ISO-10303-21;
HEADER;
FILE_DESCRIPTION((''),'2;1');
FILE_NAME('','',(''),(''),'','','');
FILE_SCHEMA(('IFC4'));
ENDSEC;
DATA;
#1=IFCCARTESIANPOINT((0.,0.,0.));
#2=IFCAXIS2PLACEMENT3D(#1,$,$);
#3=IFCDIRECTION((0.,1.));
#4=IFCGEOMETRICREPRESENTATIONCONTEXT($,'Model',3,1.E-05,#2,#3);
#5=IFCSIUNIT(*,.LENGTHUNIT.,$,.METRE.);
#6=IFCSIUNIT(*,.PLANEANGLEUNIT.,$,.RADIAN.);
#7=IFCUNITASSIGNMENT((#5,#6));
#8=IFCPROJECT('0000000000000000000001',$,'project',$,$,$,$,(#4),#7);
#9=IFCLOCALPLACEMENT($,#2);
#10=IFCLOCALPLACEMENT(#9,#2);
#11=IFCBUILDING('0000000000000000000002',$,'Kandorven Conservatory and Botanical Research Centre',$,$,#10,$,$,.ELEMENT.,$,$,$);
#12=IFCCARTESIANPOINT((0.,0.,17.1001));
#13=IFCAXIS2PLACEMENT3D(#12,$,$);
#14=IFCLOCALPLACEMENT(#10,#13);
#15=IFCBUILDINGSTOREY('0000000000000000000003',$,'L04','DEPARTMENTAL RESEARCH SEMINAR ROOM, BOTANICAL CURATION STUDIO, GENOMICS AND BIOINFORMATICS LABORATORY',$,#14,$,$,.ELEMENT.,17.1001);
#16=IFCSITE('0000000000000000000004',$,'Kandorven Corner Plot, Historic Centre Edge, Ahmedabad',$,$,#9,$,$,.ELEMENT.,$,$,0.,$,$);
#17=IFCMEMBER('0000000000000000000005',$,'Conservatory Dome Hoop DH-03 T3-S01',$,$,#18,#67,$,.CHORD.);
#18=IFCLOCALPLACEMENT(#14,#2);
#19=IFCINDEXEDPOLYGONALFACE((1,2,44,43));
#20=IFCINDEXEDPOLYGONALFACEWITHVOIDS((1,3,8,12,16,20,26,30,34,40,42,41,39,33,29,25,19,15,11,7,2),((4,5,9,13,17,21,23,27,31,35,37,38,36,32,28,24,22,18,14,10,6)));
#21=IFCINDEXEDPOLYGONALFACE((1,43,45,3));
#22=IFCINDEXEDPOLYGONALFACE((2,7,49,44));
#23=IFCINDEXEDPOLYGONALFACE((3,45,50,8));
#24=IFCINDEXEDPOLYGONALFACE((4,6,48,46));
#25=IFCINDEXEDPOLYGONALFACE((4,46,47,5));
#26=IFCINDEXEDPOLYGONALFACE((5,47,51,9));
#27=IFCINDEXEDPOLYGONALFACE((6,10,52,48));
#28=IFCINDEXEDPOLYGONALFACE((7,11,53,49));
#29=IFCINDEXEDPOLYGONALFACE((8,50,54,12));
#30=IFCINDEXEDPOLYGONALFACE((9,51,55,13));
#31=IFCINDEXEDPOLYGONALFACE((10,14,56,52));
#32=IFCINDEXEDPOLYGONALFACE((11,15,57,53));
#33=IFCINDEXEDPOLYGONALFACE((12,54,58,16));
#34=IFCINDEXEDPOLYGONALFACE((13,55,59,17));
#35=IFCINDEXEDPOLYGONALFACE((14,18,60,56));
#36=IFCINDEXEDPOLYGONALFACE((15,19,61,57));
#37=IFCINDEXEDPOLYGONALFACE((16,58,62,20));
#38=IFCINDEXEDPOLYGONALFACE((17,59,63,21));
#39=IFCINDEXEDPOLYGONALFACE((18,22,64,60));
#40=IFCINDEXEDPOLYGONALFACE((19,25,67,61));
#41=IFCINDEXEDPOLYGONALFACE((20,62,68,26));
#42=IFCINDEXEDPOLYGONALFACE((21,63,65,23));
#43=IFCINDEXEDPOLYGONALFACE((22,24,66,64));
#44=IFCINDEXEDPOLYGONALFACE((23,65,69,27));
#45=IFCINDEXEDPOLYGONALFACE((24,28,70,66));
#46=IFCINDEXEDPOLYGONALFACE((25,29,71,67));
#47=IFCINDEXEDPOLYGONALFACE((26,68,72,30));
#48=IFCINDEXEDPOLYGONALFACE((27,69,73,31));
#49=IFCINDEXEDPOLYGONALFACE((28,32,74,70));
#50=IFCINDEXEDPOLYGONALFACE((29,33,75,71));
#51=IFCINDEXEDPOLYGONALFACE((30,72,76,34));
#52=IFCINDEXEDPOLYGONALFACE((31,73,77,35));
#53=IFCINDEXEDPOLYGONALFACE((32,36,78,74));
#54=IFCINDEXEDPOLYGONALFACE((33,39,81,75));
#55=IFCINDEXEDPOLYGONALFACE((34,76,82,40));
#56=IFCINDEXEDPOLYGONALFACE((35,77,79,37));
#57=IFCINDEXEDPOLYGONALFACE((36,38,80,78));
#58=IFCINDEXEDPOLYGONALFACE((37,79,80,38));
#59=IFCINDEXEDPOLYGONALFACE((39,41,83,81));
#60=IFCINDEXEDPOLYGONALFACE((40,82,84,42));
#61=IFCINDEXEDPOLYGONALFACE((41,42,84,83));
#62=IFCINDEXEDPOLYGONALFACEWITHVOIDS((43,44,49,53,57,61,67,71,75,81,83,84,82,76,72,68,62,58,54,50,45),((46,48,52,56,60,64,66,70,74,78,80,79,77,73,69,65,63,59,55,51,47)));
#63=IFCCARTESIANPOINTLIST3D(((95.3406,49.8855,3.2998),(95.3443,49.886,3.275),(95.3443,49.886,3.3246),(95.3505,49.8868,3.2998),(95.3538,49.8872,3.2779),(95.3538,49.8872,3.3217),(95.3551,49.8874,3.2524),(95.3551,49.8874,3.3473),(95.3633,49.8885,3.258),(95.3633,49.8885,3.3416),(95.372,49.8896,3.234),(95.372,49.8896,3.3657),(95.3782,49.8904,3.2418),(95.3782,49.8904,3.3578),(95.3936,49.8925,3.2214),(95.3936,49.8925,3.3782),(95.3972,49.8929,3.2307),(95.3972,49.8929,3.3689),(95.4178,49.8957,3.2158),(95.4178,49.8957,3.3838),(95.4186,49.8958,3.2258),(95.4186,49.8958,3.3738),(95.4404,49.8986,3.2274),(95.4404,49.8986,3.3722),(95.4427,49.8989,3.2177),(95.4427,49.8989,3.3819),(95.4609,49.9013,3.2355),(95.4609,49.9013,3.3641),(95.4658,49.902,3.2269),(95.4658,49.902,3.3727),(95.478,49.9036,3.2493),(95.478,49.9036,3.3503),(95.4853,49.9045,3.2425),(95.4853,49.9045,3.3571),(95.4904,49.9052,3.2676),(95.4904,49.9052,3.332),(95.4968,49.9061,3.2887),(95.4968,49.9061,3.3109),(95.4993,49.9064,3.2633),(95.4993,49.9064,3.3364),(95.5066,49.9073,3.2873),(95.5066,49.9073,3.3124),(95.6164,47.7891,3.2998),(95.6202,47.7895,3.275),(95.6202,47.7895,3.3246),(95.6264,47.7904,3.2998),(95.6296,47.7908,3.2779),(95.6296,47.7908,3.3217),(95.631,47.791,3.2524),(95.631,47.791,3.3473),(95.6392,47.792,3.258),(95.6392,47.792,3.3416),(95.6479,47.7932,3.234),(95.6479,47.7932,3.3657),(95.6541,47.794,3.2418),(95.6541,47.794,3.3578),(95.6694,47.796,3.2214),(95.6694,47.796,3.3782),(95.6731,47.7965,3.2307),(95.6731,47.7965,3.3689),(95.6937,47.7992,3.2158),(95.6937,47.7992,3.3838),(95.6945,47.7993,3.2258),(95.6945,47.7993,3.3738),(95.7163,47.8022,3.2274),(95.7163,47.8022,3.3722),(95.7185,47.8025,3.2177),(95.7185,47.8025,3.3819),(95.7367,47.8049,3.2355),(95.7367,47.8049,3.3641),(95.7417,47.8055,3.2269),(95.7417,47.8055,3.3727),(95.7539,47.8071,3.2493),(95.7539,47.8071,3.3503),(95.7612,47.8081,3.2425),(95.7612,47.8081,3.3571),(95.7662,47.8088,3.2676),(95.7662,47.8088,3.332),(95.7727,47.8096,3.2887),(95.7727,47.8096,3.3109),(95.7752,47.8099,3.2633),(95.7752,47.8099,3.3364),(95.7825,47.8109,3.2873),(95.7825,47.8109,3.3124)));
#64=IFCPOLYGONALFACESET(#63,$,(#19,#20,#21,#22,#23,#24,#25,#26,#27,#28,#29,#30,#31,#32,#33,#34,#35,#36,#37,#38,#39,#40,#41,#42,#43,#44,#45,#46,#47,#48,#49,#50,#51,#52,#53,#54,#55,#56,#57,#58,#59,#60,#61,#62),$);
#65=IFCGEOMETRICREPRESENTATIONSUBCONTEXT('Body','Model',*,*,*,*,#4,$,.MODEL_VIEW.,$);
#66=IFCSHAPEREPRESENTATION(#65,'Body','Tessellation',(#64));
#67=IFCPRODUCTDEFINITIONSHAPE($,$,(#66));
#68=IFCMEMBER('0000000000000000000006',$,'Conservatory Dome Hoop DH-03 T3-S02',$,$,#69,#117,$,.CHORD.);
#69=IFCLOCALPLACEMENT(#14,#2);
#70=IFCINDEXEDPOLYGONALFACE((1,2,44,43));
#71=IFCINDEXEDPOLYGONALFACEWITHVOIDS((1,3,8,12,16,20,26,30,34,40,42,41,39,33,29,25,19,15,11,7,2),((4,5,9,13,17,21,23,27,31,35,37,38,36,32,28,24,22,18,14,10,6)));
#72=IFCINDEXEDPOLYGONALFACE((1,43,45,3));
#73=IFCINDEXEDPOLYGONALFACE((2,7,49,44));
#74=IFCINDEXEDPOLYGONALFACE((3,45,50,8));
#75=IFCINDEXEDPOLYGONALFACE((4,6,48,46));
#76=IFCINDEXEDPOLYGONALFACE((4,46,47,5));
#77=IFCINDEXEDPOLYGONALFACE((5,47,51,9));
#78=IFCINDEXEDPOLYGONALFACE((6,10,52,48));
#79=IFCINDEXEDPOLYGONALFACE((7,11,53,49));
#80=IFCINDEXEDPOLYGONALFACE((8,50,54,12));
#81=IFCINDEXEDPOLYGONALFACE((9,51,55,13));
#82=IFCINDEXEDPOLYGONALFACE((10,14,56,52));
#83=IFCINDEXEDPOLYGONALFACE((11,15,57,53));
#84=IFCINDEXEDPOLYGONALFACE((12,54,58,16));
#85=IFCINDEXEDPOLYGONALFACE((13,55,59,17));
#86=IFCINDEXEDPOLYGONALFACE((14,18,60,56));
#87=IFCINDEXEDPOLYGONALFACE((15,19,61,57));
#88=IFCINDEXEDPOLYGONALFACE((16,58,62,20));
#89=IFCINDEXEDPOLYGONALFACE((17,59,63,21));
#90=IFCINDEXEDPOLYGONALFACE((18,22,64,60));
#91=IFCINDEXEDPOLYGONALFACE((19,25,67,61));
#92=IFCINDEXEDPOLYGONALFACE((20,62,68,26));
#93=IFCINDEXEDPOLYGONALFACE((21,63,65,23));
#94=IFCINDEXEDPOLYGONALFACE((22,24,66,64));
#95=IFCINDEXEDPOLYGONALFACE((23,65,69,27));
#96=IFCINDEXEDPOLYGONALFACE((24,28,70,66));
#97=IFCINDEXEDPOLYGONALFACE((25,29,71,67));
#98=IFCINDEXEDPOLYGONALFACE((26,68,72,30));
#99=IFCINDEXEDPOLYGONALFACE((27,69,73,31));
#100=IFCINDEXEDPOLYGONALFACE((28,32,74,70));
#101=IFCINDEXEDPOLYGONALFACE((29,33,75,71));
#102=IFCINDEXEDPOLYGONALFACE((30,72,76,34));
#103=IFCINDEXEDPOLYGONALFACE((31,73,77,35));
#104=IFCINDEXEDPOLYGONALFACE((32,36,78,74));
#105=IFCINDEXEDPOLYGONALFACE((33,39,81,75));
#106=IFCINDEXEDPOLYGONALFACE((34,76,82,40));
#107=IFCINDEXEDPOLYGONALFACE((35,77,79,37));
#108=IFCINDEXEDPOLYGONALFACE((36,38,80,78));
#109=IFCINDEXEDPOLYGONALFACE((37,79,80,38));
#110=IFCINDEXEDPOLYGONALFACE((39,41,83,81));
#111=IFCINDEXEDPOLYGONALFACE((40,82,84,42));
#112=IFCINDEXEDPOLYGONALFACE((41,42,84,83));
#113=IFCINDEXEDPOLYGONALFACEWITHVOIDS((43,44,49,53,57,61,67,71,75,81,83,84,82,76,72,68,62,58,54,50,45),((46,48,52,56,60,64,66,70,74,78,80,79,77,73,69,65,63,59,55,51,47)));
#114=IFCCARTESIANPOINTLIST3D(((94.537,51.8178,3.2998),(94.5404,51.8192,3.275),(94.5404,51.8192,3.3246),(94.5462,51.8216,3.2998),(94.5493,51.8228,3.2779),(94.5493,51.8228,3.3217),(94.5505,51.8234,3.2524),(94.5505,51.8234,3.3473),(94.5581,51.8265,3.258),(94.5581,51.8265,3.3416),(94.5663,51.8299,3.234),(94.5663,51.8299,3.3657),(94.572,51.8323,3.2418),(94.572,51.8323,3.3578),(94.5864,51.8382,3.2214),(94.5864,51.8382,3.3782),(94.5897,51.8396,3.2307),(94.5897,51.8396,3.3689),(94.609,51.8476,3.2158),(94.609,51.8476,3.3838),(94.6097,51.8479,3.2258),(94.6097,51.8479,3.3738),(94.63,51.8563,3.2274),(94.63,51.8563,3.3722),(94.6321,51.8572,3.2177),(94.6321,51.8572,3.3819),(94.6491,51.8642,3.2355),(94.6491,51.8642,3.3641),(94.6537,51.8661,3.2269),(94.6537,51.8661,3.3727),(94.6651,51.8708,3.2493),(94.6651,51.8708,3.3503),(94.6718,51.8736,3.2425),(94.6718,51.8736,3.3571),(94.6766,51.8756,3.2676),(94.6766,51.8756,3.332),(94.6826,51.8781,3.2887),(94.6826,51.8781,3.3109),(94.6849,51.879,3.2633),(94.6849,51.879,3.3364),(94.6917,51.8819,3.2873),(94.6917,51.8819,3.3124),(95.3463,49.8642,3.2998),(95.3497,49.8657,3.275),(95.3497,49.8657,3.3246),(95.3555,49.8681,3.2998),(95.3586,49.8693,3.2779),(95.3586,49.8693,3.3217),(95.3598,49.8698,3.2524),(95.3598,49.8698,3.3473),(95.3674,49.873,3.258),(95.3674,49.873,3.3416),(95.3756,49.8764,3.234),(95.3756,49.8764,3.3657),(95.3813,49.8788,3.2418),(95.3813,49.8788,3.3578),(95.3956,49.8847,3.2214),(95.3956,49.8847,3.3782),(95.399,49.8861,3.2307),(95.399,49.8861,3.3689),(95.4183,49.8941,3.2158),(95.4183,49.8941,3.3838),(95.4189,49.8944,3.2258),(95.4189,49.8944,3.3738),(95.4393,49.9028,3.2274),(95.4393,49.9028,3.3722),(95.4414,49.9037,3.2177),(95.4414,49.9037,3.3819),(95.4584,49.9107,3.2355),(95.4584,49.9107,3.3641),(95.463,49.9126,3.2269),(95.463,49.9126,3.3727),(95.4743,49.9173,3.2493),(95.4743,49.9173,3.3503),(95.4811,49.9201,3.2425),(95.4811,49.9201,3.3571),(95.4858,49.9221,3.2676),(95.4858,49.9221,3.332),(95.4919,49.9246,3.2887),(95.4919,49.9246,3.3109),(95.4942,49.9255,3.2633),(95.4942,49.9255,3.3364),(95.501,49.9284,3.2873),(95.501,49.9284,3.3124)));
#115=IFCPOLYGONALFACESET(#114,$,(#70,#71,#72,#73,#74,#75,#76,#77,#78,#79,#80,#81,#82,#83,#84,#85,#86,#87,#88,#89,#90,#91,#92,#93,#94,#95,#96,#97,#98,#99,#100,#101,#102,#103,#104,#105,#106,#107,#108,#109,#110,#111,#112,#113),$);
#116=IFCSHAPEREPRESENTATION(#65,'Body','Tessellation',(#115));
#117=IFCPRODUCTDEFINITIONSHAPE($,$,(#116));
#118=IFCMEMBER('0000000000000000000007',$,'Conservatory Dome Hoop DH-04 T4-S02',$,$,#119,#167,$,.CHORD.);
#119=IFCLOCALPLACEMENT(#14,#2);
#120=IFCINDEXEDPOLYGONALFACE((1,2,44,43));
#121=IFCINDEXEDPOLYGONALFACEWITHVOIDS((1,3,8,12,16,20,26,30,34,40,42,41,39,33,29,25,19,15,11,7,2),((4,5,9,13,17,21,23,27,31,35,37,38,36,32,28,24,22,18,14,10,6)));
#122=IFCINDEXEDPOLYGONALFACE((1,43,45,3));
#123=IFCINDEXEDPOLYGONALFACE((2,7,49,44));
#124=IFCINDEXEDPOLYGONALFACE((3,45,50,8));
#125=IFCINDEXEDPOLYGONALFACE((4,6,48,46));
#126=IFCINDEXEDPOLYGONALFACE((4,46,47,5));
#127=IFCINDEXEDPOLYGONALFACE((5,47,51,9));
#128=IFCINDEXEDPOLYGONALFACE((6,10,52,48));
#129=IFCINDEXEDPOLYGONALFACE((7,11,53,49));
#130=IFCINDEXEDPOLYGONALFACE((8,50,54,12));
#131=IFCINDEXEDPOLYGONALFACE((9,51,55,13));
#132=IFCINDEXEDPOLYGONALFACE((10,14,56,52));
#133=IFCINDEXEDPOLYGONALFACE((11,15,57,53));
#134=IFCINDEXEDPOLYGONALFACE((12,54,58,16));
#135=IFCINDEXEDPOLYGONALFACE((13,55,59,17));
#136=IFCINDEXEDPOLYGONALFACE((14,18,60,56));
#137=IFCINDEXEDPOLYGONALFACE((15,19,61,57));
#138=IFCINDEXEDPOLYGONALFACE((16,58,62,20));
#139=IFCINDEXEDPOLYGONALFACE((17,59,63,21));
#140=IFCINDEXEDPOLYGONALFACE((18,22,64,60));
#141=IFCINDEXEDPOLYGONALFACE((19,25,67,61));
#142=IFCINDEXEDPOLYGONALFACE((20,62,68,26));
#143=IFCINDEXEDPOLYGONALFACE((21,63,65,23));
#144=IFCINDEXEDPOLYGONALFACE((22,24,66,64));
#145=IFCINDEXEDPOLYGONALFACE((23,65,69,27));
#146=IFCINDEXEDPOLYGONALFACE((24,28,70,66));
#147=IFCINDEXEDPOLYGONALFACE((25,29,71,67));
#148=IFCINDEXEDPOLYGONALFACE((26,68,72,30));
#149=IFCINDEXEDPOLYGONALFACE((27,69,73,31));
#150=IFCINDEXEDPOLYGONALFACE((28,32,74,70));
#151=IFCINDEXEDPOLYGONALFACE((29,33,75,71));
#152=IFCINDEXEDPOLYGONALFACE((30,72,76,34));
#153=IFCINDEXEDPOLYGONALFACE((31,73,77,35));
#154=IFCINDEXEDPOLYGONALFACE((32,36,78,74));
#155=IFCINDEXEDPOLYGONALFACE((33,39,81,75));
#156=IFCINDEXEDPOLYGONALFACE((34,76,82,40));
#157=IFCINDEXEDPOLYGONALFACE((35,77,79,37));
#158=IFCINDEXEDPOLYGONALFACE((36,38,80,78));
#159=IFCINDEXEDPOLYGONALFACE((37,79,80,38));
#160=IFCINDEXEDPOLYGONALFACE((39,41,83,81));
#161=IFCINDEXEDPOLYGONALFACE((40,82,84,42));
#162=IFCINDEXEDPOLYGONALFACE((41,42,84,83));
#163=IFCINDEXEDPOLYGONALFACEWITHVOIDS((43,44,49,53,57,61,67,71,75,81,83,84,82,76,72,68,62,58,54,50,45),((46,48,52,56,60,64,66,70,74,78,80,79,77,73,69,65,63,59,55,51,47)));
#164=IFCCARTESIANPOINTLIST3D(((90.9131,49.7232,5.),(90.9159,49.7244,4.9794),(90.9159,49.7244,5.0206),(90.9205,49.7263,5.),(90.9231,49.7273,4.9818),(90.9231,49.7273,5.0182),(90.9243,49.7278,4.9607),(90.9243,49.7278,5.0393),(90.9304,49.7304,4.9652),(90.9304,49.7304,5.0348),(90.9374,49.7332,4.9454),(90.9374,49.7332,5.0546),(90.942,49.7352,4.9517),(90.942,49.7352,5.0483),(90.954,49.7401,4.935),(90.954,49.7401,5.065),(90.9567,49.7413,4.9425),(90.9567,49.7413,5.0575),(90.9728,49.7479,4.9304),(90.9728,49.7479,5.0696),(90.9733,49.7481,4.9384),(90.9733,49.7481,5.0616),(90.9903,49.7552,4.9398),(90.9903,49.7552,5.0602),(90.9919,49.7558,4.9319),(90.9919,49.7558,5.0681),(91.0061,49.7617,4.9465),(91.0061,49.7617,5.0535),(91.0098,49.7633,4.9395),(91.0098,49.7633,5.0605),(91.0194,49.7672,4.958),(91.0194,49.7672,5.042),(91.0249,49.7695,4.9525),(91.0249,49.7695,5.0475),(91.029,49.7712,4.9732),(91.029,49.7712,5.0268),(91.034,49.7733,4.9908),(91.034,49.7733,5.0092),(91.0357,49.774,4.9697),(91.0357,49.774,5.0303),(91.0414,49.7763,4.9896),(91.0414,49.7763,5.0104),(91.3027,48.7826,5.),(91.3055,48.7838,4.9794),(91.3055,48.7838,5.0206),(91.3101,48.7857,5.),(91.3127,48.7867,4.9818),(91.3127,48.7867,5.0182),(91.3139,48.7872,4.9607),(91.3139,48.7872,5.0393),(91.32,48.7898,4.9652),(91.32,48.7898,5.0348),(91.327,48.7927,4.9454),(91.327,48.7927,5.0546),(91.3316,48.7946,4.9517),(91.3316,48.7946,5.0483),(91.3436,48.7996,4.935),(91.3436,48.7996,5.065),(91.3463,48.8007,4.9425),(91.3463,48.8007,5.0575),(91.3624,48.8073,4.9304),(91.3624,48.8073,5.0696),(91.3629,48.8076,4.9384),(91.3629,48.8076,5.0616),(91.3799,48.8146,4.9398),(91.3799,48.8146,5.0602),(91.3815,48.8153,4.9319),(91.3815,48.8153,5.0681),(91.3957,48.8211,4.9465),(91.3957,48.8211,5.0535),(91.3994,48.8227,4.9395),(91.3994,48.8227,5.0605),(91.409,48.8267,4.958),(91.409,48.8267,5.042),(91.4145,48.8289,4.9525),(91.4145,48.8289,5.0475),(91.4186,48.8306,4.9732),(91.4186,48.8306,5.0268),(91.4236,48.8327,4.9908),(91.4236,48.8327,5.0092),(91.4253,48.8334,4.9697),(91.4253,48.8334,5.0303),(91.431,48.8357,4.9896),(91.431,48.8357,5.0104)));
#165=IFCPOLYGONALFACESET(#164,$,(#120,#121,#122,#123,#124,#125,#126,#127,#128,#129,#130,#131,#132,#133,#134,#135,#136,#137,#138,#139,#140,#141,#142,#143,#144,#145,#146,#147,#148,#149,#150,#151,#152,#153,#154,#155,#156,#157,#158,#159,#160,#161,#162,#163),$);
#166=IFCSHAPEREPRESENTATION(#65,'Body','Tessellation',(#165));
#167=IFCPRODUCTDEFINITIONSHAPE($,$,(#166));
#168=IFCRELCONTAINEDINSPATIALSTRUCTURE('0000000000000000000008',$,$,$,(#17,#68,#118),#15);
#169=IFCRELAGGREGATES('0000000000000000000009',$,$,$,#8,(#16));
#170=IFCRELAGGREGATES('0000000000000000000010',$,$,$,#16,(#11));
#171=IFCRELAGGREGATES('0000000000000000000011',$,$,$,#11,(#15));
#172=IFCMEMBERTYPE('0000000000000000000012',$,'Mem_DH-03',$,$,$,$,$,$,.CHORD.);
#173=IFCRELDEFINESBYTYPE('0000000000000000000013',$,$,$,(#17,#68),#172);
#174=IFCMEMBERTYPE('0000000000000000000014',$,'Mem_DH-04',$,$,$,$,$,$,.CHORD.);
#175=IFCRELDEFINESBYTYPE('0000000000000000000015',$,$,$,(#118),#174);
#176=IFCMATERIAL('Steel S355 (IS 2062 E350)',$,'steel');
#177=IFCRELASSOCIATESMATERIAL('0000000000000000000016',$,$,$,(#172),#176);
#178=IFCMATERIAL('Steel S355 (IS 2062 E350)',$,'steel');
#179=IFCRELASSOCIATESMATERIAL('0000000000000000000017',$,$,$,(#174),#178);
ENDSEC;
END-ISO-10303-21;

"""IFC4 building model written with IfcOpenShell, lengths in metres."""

from ifc_helpers import new_model, si_unit, direction, frame, origin, origin_2d, place, context, subcontext, project, spatial, hollow_circle, extrude, material, material_profile, profile_set, type_object, element, save


model = new_model("IFC4")

# Units and contexts
model_context = context("Model", 3, precision=1e-05, world=origin(), true_north=direction((0.0, 1.0)))
body_context = subcontext(model_context, "Body", "Model", "MODEL_VIEW")
ifc_project = project(units=[si_unit("LENGTHUNIT", "METRE"), si_unit("PLANEANGLEUNIT", "RADIAN")], contexts=[model_context])

# Site, building, storey
site_placement = place(None, origin())
site = spatial("IfcSite", under=ifc_project, at=site_placement, Name="Kandorven Corner Plot, Historic Centre Edge, Ahmedabad", CompositionType="ELEMENT", RefElevation=0.0)
building_placement = place(site_placement, origin())
building = spatial("IfcBuilding", under=site, at=building_placement, Name="Kandorven Conservatory and Botanical Research Centre", CompositionType="ELEMENT")
storey_placement = place(building_placement, frame((0.0, 0.0, 17.1001)))
storey = spatial("IfcBuildingStorey", under=building, at=storey_placement, Name="L04", Description="DEPARTMENTAL RESEARCH SEMINAR ROOM, BOTANICAL CURATION STUDIO, GENOMICS AND BIOINFORMATICS LABORATORY", CompositionType="ELEMENT", Elevation=17.1001)

# Members
ifc_material_1 = material(Name="Steel S355 (IS 2062 E350)", Category="steel")
ifc_material_profile_1 = material_profile(ifc_material_1, hollow_circle(Radius=0.0842, WallThickness=0.01, at=origin_2d()))
ifc_profile_set_1 = profile_set([ifc_material_profile_1], Name="Steel S355 (IS 2062 E350)")
member_type_1 = type_object("IfcMemberType", Name="Mem_DH-03", PredefinedType="CHORD", material=ifc_profile_set_1)
for number, where, z_axis, x_axis, name in (
    (1, (95.7, 47.8, 3.2998), (-0.130469, 0.991452, 0.0), (-0.991452, -0.130469, 0.0), "Conservatory Dome Hoop DH-03 T3-S01"),
    (2, (95.4241, 49.8965, 3.2998), (-0.382729, 0.923861, 0.0), (-0.923861, -0.382729, 0.0), "Conservatory Dome Hoop DH-03 T3-S02"),
):
    element("IfcMember", number, at=place(storey_placement, frame(where, z_axis=z_axis, x_axis=x_axis)), inside=storey, type_object=member_type_1, Name=name, PredefinedType="CHORD", context=body_context, shape_type="SweptSolid", body=[
        extrude(hollow_circle(Radius=0.0842, WallThickness=0.01, at=origin_2d()), origin(), (0.0, 0.0, 1.0), 2.1145),
    ])
ifc_material_2 = material(Name="Steel S355 (IS 2062 E350)", Category="steel")
ifc_material_profile_2 = material_profile(ifc_material_2, hollow_circle(Radius=0.0698, WallThickness=0.0081, at=origin_2d()))
ifc_profile_set_2 = profile_set([ifc_material_profile_2], Name="Steel S355 (IS 2062 E350)")
member_type_2 = type_object("IfcMemberType", Name="Mem_DH-04", PredefinedType="CHORD", material=ifc_profile_set_2)
for number, where, z_axis, x_axis, name in (
    (3, (91.3672, 48.8093, 5.0), (-0.382691, 0.923877, 0.0), (-0.923877, -0.382691, 0.0), "Conservatory Dome Hoop DH-04 T4-S02"),
):
    element("IfcMember", number, at=place(storey_placement, frame(where, z_axis=z_axis, x_axis=x_axis)), inside=storey, type_object=member_type_2, Name=name, PredefinedType="CHORD", context=body_context, shape_type="SweptSolid", body=[
        extrude(hollow_circle(Radius=0.0698, WallThickness=0.0081, at=origin_2d()), origin(), (0.0, 0.0, 1.0), 1.0181),
    ])

save(model, "model.ifc")
